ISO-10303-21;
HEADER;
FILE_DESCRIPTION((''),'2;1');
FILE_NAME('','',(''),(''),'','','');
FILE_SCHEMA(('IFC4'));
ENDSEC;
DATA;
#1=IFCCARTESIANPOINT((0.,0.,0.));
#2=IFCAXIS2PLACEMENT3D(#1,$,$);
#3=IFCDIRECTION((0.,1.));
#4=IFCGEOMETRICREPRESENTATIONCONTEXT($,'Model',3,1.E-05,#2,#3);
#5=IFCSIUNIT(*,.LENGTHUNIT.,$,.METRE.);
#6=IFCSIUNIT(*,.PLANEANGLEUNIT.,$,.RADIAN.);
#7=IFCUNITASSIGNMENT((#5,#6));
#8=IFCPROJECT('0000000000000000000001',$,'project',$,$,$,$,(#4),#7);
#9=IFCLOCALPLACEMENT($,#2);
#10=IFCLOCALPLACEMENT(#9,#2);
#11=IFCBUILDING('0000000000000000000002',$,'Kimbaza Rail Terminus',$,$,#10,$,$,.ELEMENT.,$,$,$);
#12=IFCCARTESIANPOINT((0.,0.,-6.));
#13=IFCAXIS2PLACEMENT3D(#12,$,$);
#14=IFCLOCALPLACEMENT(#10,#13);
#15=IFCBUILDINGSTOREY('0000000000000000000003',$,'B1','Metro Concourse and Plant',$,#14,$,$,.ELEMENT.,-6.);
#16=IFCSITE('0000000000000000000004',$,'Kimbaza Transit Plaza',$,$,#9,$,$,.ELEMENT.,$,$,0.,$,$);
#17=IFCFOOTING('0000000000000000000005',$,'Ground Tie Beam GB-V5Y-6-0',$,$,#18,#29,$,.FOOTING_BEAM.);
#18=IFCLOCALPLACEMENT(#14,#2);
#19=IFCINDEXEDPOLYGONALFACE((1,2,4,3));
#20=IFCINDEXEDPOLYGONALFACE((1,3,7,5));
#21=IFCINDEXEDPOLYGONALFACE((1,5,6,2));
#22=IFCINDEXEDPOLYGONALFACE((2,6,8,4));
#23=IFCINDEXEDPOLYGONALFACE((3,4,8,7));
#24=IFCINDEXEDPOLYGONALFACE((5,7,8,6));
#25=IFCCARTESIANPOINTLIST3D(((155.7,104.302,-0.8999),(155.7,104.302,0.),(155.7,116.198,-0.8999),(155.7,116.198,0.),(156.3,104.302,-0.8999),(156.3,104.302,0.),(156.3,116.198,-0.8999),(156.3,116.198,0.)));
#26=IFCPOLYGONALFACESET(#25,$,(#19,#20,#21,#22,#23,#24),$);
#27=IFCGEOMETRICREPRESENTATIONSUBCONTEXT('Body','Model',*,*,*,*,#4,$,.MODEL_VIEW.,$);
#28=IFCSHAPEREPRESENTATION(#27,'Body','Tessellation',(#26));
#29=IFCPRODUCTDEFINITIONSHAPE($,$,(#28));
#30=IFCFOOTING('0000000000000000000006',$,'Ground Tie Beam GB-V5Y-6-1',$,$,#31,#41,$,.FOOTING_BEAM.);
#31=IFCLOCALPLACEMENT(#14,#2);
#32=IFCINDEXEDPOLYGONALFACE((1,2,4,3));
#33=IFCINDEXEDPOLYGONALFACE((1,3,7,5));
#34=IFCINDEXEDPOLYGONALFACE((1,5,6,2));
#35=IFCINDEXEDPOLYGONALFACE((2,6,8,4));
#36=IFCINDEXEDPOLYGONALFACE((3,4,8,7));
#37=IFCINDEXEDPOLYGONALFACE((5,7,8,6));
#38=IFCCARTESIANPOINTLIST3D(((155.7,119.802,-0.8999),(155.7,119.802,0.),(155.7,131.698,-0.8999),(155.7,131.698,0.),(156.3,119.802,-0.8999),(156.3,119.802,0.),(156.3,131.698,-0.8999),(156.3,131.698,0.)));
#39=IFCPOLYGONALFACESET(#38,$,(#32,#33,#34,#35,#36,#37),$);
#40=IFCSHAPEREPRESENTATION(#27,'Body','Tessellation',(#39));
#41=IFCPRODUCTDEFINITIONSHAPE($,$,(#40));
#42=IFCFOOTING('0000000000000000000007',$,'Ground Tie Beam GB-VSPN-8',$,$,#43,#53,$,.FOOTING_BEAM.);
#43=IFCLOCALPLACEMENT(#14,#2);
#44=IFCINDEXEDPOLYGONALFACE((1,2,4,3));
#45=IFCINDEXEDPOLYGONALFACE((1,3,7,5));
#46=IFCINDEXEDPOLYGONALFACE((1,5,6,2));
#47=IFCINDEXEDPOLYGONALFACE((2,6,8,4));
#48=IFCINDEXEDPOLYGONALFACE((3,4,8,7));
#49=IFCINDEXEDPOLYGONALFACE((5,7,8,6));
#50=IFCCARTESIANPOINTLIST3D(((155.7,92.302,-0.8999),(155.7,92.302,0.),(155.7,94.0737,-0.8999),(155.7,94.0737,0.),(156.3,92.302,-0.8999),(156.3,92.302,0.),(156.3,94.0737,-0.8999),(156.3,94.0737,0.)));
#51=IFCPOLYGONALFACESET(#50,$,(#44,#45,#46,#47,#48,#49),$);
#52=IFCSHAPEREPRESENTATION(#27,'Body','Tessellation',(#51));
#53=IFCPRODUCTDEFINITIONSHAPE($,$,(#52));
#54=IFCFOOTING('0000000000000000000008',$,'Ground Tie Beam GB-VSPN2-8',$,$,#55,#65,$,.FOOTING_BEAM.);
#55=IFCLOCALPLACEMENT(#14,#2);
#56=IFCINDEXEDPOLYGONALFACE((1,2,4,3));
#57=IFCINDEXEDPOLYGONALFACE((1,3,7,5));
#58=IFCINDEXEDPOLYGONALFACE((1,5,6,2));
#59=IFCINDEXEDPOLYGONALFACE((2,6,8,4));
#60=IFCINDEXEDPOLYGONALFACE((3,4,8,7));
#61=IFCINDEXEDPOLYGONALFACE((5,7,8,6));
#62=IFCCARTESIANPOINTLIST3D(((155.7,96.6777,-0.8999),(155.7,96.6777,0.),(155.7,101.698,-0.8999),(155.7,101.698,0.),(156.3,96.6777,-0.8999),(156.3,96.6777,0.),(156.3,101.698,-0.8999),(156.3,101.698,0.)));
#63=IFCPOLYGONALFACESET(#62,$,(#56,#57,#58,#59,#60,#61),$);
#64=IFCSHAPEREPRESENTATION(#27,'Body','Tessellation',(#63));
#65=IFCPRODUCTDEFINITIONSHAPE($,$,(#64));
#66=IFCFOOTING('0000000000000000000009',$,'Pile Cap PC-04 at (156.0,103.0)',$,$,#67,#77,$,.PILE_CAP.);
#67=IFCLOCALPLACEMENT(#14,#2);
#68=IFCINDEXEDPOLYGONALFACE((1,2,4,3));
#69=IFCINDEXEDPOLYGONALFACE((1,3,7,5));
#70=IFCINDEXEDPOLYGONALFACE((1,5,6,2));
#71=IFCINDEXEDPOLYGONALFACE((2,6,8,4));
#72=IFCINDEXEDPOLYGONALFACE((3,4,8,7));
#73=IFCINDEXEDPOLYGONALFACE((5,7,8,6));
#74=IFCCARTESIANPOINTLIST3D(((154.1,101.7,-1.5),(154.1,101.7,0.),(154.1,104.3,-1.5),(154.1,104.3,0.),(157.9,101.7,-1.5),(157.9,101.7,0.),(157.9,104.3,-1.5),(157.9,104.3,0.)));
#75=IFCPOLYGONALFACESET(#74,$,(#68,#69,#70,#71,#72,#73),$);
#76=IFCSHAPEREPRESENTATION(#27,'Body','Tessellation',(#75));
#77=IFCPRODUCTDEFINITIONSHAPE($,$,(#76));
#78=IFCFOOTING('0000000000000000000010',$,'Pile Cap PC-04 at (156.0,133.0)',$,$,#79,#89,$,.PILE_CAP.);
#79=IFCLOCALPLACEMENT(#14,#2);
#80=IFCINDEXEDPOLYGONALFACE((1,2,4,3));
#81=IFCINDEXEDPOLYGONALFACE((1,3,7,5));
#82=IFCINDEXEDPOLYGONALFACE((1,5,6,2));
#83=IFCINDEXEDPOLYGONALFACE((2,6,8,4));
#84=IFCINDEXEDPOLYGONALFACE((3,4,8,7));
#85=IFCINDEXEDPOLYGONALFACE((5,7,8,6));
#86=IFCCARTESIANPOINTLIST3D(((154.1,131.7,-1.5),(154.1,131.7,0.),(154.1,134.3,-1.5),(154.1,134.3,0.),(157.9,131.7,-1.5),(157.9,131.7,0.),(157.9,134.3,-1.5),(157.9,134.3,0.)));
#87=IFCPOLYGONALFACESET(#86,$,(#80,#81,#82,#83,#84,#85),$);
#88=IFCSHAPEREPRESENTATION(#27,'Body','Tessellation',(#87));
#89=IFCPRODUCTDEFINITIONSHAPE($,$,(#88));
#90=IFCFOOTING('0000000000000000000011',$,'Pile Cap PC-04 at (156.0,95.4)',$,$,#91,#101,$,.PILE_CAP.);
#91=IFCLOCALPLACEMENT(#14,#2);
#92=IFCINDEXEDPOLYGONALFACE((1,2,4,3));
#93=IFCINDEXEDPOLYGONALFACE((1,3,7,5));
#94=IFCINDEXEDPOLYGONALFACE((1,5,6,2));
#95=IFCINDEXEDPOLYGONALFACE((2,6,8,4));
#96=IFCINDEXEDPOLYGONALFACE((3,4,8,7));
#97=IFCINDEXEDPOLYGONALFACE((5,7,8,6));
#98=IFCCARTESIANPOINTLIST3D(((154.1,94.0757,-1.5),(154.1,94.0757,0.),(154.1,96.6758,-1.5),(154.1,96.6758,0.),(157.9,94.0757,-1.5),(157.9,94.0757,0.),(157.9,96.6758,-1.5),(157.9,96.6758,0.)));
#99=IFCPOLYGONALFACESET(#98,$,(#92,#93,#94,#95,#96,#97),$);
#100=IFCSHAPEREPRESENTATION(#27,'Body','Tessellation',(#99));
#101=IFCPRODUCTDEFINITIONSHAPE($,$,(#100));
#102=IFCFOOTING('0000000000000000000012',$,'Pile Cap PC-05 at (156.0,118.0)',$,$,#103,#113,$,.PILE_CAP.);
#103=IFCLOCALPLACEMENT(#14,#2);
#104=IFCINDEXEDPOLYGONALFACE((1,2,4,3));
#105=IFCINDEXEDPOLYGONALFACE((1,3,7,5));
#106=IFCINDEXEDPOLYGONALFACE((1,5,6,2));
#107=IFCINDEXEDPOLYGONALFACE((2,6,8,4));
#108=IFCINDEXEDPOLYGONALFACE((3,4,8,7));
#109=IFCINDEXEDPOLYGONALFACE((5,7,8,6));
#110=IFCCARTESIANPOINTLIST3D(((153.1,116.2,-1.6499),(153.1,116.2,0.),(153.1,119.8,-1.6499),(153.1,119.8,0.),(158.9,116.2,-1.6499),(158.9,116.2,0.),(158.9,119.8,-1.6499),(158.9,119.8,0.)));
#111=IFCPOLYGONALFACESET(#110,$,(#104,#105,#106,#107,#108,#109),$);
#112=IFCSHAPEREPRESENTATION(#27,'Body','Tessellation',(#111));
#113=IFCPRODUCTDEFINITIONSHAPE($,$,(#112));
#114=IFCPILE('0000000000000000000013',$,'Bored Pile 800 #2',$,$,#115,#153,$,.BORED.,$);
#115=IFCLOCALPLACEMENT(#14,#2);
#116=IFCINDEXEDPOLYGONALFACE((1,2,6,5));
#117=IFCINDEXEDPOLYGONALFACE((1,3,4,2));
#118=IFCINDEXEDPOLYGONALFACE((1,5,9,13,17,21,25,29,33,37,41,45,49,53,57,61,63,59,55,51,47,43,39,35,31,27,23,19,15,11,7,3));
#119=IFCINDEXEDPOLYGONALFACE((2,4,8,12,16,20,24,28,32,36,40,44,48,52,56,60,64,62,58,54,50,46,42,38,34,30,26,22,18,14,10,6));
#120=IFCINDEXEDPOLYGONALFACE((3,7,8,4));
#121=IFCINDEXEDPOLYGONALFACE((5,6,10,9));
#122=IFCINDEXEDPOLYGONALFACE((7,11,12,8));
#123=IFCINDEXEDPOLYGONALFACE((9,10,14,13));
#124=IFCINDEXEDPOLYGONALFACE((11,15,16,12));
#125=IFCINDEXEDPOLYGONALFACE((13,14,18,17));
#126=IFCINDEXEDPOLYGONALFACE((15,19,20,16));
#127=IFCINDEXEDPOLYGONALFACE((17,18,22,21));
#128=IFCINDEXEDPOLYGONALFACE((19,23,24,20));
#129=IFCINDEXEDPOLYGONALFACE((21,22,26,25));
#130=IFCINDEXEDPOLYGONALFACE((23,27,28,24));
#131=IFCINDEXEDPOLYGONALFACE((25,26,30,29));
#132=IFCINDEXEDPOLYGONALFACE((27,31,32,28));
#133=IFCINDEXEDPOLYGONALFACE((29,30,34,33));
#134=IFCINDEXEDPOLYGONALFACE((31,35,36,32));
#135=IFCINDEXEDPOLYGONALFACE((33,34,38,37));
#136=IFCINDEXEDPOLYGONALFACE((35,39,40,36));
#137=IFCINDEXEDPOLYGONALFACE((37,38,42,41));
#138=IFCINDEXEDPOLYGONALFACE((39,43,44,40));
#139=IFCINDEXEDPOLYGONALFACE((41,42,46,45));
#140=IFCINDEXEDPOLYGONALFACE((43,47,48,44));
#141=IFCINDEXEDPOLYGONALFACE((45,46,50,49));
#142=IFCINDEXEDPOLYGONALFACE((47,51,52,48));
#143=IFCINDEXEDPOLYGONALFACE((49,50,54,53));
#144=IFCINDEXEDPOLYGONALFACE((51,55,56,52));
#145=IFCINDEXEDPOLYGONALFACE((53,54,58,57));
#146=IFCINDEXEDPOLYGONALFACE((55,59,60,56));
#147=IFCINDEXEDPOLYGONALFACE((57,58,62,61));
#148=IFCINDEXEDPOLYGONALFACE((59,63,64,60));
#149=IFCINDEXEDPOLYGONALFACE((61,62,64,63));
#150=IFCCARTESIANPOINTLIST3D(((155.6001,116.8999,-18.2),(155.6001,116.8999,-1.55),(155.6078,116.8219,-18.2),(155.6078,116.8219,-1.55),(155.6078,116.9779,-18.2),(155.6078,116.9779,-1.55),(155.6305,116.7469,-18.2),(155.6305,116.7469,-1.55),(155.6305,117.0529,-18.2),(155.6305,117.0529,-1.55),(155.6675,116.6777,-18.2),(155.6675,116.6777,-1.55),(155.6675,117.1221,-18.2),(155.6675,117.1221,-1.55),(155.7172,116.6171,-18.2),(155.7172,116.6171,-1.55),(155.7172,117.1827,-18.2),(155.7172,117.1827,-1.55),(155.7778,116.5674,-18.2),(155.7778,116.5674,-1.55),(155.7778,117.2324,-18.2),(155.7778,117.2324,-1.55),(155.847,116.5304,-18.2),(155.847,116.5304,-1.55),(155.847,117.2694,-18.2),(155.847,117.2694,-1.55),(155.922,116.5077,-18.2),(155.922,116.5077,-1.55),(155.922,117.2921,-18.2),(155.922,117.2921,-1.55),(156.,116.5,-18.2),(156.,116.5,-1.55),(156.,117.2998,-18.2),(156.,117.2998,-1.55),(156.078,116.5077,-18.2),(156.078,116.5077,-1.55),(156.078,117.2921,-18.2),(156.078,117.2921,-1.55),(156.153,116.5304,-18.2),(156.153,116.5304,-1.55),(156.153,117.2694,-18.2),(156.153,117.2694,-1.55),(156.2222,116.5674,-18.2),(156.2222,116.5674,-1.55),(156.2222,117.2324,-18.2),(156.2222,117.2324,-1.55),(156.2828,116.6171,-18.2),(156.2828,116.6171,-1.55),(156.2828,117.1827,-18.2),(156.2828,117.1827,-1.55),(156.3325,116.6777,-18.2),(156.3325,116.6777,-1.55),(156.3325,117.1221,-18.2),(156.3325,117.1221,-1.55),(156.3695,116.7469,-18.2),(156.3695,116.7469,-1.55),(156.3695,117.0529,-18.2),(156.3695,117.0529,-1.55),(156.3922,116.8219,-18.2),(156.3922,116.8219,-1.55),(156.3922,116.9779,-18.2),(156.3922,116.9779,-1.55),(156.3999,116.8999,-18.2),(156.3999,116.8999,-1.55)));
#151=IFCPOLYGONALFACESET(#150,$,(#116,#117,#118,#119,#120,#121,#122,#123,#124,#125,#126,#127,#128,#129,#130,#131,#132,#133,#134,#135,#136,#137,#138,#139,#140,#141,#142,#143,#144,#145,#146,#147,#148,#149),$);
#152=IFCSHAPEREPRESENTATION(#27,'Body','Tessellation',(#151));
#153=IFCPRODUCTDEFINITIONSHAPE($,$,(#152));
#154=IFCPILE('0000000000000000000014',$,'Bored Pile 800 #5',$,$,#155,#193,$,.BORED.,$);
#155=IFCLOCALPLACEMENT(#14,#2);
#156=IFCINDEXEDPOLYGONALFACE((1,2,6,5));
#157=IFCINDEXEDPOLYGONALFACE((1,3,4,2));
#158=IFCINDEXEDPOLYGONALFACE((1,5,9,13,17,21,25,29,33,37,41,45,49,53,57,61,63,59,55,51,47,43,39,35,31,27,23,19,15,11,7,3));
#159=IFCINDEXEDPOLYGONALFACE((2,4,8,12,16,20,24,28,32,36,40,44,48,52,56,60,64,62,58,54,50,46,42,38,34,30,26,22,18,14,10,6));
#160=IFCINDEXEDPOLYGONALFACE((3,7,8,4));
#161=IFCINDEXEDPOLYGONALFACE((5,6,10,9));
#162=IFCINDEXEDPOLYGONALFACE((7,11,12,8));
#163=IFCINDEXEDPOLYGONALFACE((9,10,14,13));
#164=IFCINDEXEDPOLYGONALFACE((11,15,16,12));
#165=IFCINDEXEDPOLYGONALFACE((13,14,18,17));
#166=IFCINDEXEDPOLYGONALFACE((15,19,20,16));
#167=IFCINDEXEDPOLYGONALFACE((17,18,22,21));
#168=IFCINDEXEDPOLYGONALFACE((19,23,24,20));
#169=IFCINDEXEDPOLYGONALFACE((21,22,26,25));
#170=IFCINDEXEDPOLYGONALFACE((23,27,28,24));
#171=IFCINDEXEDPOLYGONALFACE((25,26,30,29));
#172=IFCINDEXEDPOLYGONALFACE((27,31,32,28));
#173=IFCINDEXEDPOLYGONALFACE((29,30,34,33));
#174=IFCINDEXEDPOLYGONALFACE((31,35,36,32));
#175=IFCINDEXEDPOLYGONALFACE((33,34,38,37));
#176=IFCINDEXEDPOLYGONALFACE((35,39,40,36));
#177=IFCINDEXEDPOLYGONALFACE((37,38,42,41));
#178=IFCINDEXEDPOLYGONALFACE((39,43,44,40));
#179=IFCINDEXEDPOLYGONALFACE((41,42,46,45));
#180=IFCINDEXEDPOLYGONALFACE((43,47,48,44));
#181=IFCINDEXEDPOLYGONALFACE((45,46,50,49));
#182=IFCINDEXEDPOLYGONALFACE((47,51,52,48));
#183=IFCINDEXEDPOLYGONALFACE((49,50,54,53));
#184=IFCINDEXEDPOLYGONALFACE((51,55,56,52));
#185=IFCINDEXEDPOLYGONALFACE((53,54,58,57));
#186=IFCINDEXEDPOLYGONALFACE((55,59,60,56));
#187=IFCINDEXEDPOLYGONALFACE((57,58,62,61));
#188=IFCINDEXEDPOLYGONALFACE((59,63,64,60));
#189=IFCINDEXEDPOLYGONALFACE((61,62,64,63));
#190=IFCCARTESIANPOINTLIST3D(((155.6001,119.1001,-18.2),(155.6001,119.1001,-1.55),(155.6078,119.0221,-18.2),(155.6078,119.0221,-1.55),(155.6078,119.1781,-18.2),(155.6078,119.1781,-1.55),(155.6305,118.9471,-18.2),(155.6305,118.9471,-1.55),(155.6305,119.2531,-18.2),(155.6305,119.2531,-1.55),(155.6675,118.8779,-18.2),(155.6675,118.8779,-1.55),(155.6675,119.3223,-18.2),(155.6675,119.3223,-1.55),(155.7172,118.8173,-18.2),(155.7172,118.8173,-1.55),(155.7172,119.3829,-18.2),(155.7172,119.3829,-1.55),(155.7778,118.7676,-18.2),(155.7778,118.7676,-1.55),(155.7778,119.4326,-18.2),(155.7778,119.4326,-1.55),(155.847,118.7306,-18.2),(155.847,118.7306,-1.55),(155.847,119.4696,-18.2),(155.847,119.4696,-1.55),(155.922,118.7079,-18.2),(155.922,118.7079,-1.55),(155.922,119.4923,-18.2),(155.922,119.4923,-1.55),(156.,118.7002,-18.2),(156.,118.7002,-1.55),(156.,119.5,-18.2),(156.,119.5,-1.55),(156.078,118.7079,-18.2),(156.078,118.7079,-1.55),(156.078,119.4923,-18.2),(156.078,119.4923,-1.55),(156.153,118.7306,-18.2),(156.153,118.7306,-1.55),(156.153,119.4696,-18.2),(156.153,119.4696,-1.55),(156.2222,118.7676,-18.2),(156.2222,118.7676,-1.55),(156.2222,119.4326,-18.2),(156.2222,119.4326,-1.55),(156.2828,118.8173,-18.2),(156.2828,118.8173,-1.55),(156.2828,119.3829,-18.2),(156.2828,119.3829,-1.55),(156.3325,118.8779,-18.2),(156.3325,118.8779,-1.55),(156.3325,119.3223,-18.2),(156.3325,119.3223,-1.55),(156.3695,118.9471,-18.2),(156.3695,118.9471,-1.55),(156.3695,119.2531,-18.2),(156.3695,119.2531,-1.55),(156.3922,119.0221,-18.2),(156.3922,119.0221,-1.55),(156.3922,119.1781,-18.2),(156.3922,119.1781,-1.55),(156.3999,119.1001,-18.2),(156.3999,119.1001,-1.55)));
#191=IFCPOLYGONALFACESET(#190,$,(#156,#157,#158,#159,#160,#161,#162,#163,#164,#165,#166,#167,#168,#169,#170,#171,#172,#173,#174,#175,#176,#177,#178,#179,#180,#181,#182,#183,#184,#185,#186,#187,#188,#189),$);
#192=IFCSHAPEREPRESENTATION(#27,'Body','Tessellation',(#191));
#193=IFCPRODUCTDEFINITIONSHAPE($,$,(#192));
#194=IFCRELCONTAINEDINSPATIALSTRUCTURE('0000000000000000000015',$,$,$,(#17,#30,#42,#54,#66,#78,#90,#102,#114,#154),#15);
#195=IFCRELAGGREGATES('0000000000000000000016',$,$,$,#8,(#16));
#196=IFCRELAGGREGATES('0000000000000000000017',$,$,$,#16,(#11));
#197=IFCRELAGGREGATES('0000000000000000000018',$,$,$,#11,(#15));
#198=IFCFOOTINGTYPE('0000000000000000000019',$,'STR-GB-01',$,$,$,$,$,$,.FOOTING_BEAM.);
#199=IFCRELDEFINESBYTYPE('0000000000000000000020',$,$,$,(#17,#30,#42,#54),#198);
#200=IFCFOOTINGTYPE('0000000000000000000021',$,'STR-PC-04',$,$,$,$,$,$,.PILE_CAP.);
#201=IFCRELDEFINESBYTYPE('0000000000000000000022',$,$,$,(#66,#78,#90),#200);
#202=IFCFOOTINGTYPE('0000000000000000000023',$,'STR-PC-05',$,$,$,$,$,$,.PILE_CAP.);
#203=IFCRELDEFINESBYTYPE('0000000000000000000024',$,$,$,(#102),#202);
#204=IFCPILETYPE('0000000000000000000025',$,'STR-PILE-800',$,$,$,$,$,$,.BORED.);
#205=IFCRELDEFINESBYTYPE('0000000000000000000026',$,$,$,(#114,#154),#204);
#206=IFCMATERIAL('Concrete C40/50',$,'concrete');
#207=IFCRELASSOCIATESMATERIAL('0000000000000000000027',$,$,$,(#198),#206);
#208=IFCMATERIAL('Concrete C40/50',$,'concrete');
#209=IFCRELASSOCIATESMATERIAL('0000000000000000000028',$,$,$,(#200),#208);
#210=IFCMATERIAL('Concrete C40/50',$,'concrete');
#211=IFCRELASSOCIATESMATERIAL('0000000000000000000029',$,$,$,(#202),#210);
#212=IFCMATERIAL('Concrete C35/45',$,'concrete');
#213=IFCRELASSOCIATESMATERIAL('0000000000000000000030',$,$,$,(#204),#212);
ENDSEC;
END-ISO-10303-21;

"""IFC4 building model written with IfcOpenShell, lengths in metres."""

from ifc_helpers import new_model, si_unit, direction, frame, origin, origin_2d, place, context, subcontext, project, spatial, rectangle, circle, extrude, material, material_profile, profile_set, type_object, element, save


model = new_model("IFC4")

# Units and contexts
model_context = context("Model", 3, precision=1e-05, world=origin(), true_north=direction((0.0, 1.0)))
body_context = subcontext(model_context, "Body", "Model", "MODEL_VIEW")
ifc_project = project(units=[si_unit("LENGTHUNIT", "METRE"), si_unit("PLANEANGLEUNIT", "RADIAN")], contexts=[model_context])

# Site, building, storey
site_placement = place(None, origin())
site = spatial("IfcSite", under=ifc_project, at=site_placement, Name="Kimbaza Transit Plaza", CompositionType="ELEMENT", RefElevation=0.0)
building_placement = place(site_placement, origin())
building = spatial("IfcBuilding", under=site, at=building_placement, Name="Kimbaza Rail Terminus", CompositionType="ELEMENT")
storey_placement = place(building_placement, frame((0.0, 0.0, -6.0)))
storey = spatial("IfcBuildingStorey", under=building, at=storey_placement, Name="B1", Description="Metro Concourse and Plant", CompositionType="ELEMENT", Elevation=-6.0)

# Footings
ifc_material_1 = material(Name="Concrete C40/50", Category="concrete")
ifc_material_profile_1 = material_profile(ifc_material_1, rectangle(XDim=0.6001, YDim=0.8999, at=origin_2d()), Name="GB-01 600x900")
ifc_profile_set_1 = profile_set([ifc_material_profile_1], Name="Concrete C40/50")
footing_type_1 = type_object("IfcFootingType", Name="STR-GB-01", PredefinedType="FOOTING_BEAM", material=ifc_profile_set_1)
for number, where, z_axis, x_axis, name in (
    (1, (156.0, 104.302, -0.45), (0.0, 1.0, 0.0), (-1.0, 0.0, 0.0), "Ground Tie Beam GB-V5Y-6-0"),
    (2, (156.0, 119.802, -0.45), (0.0, 1.0, 0.0), (-1.0, 0.0, 0.0), "Ground Tie Beam GB-V5Y-6-1"),
):
    element("IfcFooting", number, at=place(storey_placement, frame(where, z_axis=z_axis, x_axis=x_axis)), inside=storey, type_object=footing_type_1, Name=name, PredefinedType="FOOTING_BEAM", context=body_context, shape_type="SweptSolid", body=[
        extrude(rectangle(XDim=0.6001, YDim=0.8999, at=origin_2d()), origin(), (0.0, 0.0, 1.0), 11.896),
    ])
footing_1_placement = place(storey_placement, frame((156.0, 92.302, -0.45), z_axis=(0.0, 1.0, 0.0), x_axis=(-1.0, 0.0, 0.0)))
element("IfcFooting", 3, at=footing_1_placement, inside=storey, type_object=footing_type_1, Name="Ground Tie Beam GB-VSPN-8", PredefinedType="FOOTING_BEAM", context=body_context, shape_type="SweptSolid", body=[
    extrude(rectangle(XDim=0.6001, YDim=0.8999, at=origin_2d()), origin(), (0.0, 0.0, 1.0), 1.7717),
])
footing_2_placement = place(storey_placement, frame((156.0, 96.6777, -0.45), z_axis=(0.0, 1.0, 0.0), x_axis=(-1.0, 0.0, 0.0)))
element("IfcFooting", 4, at=footing_2_placement, inside=storey, type_object=footing_type_1, Name="Ground Tie Beam GB-VSPN2-8", PredefinedType="FOOTING_BEAM", context=body_context, shape_type="SweptSolid", body=[
    extrude(rectangle(XDim=0.6001, YDim=0.8999, at=origin_2d()), origin(), (0.0, 0.0, 1.0), 5.0203),
])
ifc_material_2 = material(Name="Concrete C40/50", Category="concrete")
footing_type_2 = type_object("IfcFootingType", Name="STR-PC-04", PredefinedType="PILE_CAP", material=ifc_material_2)
for number, where, z_axis, x_axis, name in (
    (5, (156.0, 103.0, -1.5), (0.0, 0.0, 1.0), (1.0, 0.0, 0.0), "Pile Cap PC-04 at (156.0,103.0)"),
    (6, (156.0, 133.0, -1.5), (0.0, 0.0, 1.0), (1.0, 0.0, 0.0), "Pile Cap PC-04 at (156.0,133.0)"),
    (7, (156.0, 95.3757, -1.5), (0.0, 0.0, 1.0), (1.0, 0.0, 0.0), "Pile Cap PC-04 at (156.0,95.4)"),
):
    element("IfcFooting", number, at=place(storey_placement, frame(where, z_axis=z_axis, x_axis=x_axis)), inside=storey, type_object=footing_type_2, Name=name, PredefinedType="PILE_CAP", context=body_context, shape_type="SweptSolid", body=[
        extrude(rectangle(XDim=3.8, YDim=2.6001, at=origin_2d()), origin(), (0.0, 0.0, 1.0), 1.5),
    ])
ifc_material_3 = material(Name="Concrete C40/50", Category="concrete")
footing_type_3 = type_object("IfcFootingType", Name="STR-PC-05", PredefinedType="PILE_CAP", material=ifc_material_3)
footing_3_placement = place(storey_placement, frame((156.0, 118.0, -1.6499), z_axis=(0.0, 0.0, 1.0), x_axis=(1.0, 0.0, 0.0)))
element("IfcFooting", 8, at=footing_3_placement, inside=storey, type_object=footing_type_3, Name="Pile Cap PC-05 at (156.0,118.0)", PredefinedType="PILE_CAP", context=body_context, shape_type="SweptSolid", body=[
    extrude(rectangle(XDim=5.8, YDim=3.6001, at=origin_2d()), origin(), (0.0, 0.0, 1.0), 1.6499),
])

# Piles
ifc_material_4 = material(Name="Concrete C35/45", Category="concrete")
ifc_material_profile_2 = material_profile(ifc_material_4, circle(Radius=0.3999, at=origin_2d()), Name="BORED PILE 800")
ifc_profile_set_2 = profile_set([ifc_material_profile_2], Name="Concrete C35/45")
pile_type = type_object("IfcPileType", Name="STR-PILE-800", PredefinedType="BORED", material=ifc_profile_set_2)
for number, where, z_axis, x_axis, name in (
    (9, (156.0, 116.8999, -1.55), (0.0, 0.0, -1.0), (1.0, 0.0, 0.0), "Bored Pile 800 #2"),
    (10, (156.0, 119.1001, -1.55), (0.0, 0.0, -1.0), (1.0, 0.0, 0.0), "Bored Pile 800 #5"),
):
    element("IfcPile", number, at=place(storey_placement, frame(where, z_axis=z_axis, x_axis=x_axis)), inside=storey, type_object=pile_type, Name=name, PredefinedType="BORED", context=body_context, shape_type="SweptSolid", body=[
        extrude(circle(Radius=0.3999, at=origin_2d()), origin(), (0.0, 0.0, 1.0), 16.6499),
    ])

save(model, "model.ifc")
